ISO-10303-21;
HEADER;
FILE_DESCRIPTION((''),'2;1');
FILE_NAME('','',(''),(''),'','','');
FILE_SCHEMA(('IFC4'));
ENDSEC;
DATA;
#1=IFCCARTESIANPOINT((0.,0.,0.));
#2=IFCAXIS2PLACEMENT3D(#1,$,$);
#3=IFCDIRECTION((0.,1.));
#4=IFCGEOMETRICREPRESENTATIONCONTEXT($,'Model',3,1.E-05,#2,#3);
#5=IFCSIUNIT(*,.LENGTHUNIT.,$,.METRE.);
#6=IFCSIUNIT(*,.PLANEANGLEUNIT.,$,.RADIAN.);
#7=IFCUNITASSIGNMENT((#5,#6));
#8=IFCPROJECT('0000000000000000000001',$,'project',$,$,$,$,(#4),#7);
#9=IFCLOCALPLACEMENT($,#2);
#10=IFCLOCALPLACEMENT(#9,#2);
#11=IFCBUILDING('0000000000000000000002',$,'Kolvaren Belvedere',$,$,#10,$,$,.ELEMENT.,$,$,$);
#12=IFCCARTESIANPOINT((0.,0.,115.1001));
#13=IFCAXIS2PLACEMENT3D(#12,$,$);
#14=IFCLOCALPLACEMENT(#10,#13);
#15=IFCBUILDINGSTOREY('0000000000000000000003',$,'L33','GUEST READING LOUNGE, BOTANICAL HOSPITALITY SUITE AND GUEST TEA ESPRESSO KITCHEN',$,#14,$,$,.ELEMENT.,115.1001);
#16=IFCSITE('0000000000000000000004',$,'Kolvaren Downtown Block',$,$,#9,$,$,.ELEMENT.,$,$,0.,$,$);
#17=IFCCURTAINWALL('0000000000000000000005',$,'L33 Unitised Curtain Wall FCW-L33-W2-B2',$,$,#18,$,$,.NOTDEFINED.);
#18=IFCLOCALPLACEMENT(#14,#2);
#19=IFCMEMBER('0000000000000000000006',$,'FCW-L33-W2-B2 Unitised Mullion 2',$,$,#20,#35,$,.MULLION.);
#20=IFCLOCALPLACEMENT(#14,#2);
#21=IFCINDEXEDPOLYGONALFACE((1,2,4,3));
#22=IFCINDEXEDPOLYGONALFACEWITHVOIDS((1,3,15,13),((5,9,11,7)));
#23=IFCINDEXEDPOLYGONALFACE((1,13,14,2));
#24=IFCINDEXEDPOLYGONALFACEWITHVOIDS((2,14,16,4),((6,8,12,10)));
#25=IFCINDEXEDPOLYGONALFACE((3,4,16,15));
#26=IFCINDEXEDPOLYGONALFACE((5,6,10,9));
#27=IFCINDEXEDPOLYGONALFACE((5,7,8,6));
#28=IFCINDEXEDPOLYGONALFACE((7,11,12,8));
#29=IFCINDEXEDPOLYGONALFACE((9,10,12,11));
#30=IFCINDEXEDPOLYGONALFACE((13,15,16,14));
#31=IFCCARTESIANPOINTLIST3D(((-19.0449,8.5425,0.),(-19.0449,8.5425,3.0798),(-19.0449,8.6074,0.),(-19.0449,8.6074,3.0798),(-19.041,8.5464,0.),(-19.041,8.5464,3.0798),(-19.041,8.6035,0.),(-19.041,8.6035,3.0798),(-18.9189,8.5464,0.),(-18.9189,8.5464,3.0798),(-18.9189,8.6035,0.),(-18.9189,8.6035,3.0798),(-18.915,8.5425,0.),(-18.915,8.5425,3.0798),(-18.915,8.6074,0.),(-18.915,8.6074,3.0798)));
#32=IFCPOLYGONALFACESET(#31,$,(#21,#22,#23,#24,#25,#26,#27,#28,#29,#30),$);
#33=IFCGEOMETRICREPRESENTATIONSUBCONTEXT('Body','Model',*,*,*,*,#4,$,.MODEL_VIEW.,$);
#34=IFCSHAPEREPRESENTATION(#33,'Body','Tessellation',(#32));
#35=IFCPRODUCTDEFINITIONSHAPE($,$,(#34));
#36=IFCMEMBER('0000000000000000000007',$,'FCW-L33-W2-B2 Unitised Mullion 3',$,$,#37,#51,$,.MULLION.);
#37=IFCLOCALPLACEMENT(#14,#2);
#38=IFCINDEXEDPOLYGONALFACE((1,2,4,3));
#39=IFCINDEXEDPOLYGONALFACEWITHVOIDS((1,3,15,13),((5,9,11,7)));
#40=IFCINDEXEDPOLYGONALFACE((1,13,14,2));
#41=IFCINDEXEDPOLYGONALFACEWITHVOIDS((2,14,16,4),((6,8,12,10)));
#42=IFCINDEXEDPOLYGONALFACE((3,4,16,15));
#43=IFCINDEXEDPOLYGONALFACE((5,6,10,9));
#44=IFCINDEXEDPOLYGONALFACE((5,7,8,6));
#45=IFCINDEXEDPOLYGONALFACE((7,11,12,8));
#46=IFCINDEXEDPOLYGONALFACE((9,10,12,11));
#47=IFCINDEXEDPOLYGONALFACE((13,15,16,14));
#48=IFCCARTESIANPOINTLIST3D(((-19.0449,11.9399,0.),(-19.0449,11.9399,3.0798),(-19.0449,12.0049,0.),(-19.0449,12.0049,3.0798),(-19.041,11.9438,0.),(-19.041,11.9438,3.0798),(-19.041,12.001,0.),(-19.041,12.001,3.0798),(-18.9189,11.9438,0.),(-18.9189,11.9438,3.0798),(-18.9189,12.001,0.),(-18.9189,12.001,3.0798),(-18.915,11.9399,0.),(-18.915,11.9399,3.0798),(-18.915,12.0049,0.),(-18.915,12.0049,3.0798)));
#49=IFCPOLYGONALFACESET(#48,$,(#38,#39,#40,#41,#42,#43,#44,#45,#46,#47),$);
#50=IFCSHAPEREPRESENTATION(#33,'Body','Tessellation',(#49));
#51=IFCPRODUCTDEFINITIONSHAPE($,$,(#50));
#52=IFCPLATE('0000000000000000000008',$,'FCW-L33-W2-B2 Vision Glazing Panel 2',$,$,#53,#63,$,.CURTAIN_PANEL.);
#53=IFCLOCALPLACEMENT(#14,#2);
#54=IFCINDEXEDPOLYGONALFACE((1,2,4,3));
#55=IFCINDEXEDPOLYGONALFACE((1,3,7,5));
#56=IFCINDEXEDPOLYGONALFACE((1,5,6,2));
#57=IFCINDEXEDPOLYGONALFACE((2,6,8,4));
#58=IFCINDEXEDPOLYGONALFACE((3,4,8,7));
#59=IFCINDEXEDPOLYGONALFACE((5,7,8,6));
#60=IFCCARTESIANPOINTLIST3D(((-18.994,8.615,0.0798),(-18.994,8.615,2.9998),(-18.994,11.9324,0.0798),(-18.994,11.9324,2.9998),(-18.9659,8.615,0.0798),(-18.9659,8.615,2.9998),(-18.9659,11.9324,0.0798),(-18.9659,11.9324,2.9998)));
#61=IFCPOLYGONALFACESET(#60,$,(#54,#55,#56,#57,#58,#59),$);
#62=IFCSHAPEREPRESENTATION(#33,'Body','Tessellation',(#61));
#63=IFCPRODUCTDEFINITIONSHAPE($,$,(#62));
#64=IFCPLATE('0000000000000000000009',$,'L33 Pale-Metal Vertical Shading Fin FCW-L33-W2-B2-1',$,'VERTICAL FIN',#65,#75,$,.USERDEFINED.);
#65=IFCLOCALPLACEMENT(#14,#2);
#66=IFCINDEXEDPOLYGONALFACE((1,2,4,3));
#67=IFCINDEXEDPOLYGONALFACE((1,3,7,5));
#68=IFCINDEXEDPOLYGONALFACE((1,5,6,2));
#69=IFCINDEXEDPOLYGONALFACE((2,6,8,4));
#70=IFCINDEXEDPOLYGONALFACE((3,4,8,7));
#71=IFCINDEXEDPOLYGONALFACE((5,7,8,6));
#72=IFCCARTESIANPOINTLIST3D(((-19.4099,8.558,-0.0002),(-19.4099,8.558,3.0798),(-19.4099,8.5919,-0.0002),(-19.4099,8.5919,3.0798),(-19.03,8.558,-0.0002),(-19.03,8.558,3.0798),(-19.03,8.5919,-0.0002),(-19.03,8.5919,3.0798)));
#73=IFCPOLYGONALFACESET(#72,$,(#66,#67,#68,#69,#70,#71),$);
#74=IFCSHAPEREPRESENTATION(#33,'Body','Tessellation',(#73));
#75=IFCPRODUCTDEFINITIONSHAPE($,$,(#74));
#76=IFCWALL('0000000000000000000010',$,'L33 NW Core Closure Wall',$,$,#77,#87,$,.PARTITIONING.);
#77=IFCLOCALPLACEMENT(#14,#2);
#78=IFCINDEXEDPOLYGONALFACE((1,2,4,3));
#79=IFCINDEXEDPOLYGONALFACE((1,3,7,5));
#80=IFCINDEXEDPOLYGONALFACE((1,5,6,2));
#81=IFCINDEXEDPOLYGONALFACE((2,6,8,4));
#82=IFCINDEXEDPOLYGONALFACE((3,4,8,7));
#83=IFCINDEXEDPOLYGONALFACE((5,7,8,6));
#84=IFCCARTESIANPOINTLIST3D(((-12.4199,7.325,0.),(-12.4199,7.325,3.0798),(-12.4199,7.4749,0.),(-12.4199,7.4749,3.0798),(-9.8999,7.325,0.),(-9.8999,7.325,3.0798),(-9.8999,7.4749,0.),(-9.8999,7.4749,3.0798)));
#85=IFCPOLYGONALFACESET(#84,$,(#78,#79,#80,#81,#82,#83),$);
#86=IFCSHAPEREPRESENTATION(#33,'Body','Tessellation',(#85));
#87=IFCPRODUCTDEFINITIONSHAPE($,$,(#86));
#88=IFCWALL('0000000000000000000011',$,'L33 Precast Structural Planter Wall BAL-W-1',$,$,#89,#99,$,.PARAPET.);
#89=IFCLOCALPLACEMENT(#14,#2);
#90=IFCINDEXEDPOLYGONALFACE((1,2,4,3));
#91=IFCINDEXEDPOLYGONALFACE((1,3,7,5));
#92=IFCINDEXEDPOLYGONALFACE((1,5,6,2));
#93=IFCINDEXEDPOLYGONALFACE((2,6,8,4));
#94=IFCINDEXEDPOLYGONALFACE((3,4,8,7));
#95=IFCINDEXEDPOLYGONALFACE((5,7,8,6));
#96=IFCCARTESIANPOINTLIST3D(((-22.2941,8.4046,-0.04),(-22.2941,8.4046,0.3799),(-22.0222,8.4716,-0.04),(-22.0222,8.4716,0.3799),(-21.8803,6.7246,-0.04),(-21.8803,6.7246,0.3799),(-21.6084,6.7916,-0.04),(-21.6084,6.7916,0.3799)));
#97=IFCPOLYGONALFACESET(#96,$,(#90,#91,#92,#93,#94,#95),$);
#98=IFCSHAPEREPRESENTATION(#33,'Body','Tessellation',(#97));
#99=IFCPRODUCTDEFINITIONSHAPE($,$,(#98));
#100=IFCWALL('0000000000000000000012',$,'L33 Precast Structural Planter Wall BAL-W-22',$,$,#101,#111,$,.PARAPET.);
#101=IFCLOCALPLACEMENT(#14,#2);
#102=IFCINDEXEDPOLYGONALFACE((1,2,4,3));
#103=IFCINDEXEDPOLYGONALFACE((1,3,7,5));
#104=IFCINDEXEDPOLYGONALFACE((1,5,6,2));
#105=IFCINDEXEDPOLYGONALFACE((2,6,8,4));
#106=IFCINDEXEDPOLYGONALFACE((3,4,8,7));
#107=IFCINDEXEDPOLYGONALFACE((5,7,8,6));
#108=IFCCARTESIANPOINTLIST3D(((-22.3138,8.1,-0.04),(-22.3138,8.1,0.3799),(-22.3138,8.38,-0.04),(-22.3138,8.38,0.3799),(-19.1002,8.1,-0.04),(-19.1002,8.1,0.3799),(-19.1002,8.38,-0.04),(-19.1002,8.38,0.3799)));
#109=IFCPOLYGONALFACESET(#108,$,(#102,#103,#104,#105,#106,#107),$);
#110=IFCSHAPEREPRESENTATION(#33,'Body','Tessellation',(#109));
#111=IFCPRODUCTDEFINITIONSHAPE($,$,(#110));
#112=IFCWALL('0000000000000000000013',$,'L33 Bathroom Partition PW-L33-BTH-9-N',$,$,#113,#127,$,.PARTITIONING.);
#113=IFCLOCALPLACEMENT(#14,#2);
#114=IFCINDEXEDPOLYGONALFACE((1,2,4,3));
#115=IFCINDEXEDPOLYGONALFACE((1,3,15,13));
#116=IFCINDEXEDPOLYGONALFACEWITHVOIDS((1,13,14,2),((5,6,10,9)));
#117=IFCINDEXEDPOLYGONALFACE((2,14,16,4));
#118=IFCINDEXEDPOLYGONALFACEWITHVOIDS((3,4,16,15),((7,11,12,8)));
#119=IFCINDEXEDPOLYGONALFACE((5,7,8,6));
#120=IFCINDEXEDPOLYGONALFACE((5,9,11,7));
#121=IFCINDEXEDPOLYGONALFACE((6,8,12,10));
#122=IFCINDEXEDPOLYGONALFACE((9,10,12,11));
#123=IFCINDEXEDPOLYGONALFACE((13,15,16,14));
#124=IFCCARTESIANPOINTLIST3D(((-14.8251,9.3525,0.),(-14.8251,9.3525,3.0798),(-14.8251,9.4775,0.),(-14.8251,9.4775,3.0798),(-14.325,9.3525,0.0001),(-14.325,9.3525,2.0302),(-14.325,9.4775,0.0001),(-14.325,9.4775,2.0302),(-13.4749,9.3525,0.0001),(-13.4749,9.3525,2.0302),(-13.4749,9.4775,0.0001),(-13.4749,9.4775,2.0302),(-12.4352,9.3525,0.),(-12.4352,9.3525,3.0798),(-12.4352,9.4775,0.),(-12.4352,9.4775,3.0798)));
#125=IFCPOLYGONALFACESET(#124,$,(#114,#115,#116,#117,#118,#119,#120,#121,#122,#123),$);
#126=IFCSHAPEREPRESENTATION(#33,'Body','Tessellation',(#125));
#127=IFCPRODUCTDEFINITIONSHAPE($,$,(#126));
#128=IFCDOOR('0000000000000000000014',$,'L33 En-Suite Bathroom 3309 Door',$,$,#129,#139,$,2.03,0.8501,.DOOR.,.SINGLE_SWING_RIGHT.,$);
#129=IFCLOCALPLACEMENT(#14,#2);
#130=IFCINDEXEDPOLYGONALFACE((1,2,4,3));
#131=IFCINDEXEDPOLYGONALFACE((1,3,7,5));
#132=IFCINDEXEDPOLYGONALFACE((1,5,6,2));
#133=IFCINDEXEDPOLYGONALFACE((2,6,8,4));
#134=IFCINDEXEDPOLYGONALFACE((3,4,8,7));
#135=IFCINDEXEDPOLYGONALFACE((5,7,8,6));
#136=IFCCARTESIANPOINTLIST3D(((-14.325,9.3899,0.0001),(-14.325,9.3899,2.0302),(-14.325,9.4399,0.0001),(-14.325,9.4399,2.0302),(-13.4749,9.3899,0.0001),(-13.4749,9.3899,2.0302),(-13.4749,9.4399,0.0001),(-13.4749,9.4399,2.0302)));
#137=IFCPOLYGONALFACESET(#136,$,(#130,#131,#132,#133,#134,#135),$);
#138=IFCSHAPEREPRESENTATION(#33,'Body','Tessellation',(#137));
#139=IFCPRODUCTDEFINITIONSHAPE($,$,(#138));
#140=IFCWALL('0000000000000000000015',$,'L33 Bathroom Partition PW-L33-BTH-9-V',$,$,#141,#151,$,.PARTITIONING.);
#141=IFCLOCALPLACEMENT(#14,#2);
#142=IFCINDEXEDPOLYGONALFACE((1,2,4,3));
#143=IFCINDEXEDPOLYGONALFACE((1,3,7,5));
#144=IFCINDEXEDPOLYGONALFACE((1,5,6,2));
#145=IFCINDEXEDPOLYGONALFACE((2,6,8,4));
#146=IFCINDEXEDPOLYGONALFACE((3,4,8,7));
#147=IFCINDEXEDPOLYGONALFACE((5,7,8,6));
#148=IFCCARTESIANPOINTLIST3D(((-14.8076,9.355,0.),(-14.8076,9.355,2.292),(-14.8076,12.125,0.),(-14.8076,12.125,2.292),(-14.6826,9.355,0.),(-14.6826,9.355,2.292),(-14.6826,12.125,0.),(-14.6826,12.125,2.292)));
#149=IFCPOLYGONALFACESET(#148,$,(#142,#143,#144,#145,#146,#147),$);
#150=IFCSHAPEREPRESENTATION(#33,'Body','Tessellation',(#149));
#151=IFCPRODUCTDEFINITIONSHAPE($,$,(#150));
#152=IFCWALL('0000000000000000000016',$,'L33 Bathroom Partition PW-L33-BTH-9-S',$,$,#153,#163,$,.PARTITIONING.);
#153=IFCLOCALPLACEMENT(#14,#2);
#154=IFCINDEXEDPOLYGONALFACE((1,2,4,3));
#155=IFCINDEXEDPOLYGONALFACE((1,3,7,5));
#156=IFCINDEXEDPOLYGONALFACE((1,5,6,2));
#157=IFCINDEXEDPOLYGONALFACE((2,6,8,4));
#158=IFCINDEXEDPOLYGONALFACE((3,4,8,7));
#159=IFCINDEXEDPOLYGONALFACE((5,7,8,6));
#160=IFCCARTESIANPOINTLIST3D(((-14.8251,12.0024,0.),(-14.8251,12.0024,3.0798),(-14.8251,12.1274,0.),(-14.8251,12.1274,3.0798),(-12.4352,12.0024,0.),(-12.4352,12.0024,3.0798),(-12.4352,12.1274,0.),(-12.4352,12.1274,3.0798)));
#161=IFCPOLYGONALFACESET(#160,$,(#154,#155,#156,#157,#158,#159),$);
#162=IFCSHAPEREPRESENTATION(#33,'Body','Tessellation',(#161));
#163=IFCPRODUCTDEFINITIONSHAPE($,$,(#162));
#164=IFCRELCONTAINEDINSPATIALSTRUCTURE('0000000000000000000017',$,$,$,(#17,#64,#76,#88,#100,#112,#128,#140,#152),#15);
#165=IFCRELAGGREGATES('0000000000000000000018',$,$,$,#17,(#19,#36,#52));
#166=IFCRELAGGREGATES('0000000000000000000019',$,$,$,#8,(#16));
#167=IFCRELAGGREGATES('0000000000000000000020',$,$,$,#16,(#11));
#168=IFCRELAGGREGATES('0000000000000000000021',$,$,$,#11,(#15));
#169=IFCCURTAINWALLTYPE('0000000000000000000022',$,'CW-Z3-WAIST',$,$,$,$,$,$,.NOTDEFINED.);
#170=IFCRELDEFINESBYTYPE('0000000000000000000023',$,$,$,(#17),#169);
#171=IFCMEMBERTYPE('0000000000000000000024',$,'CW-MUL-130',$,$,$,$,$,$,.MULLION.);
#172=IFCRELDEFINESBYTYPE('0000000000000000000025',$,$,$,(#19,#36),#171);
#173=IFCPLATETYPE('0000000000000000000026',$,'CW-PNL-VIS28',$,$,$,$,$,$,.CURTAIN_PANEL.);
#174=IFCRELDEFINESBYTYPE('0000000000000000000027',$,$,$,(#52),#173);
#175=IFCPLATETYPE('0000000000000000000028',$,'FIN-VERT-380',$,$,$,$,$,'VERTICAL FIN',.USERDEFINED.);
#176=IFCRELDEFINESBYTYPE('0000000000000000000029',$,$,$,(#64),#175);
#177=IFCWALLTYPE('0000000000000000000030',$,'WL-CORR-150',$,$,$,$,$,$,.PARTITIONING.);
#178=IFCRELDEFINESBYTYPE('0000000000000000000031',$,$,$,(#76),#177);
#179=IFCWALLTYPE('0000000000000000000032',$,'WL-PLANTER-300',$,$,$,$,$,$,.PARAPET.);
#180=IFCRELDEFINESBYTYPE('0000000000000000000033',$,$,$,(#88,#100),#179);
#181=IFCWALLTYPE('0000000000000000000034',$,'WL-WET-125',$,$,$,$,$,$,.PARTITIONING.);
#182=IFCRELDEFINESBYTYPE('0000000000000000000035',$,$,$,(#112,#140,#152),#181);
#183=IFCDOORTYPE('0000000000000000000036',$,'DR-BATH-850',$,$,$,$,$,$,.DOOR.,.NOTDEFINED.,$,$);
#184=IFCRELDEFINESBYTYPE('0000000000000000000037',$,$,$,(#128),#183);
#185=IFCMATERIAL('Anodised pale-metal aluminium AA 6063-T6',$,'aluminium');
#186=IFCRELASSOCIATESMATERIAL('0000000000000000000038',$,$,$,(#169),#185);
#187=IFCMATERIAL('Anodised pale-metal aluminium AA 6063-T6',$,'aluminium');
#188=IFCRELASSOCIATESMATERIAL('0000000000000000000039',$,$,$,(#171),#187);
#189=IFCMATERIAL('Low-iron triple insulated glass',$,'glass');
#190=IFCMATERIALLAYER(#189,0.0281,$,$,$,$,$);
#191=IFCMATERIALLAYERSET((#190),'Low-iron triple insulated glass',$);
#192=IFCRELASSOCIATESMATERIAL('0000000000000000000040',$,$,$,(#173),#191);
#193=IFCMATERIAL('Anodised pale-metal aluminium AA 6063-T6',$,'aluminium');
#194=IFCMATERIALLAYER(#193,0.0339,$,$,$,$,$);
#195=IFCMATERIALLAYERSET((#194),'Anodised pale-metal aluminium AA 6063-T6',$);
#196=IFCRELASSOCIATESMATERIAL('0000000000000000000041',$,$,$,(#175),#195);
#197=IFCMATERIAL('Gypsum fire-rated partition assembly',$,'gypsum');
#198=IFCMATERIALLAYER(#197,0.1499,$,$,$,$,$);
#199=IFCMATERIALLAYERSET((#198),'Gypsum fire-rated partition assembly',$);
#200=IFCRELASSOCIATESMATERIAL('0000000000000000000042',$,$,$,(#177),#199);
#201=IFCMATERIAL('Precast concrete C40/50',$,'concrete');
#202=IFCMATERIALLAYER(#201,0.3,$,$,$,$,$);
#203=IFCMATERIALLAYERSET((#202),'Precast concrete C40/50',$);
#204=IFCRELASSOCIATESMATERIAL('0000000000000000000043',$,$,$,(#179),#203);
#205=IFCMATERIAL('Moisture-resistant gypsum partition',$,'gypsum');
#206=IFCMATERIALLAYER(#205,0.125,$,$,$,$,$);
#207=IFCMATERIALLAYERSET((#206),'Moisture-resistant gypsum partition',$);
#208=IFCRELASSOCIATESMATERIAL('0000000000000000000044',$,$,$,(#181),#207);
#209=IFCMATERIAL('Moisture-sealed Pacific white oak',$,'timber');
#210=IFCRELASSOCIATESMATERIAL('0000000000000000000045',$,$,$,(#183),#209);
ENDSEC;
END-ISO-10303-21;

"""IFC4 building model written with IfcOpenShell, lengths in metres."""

from ifc_helpers import new_model, si_unit, direction, frame, frame_2d, origin, origin_2d, place, context, subcontext, project, spatial, rectangle, hollow_rectangle, extrude, material, layer, layer_set, material_profile, profile_set, type_object, element, fill, aggregate, save


model = new_model("IFC4")

# Units and contexts
model_context = context("Model", 3, precision=1e-05, world=origin(), true_north=direction((0.0, 1.0)))
body_context = subcontext(model_context, "Body", "Model", "MODEL_VIEW")
ifc_project = project(units=[si_unit("LENGTHUNIT", "METRE"), si_unit("PLANEANGLEUNIT", "RADIAN")], contexts=[model_context])

# Site, building, storey
site_placement = place(None, origin())
site = spatial("IfcSite", under=ifc_project, at=site_placement, Name="Kolvaren Downtown Block", CompositionType="ELEMENT", RefElevation=0.0)
building_placement = place(site_placement, origin())
building = spatial("IfcBuilding", under=site, at=building_placement, Name="Kolvaren Belvedere", CompositionType="ELEMENT")
storey_placement = place(building_placement, frame((0.0, 0.0, 115.1001)))
storey = spatial("IfcBuildingStorey", under=building, at=storey_placement, Name="L33", Description="GUEST READING LOUNGE, BOTANICAL HOSPITALITY SUITE AND GUEST TEA ESPRESSO KITCHEN", CompositionType="ELEMENT", Elevation=115.1001)

# Curtain wall, members, plate
ifc_material_1 = material(Name="Anodised pale-metal aluminium AA 6063-T6", Category="aluminium")
curtain_wall_type = type_object("IfcCurtainWallType", Name="CW-Z3-WAIST", PredefinedType="NOTDEFINED", material=ifc_material_1)
curtain_wall_placement = place(storey_placement, origin())
curtain_wall = element("IfcCurtainWall", 1, at=curtain_wall_placement, inside=storey, type_object=curtain_wall_type, Name="L33 Unitised Curtain Wall FCW-L33-W2-B2", PredefinedType="NOTDEFINED")
ifc_material_2 = material(Name="Anodised pale-metal aluminium AA 6063-T6", Category="aluminium")
ifc_material_profile = material_profile(ifc_material_2, hollow_rectangle(XDim=0.0649, YDim=0.1299, WallThickness=0.0039, at=origin_2d()), Name="ALU-MUL-130X65")
ifc_profile_set = profile_set([ifc_material_profile], Name="Anodised pale-metal aluminium AA 6063-T6")
member_type = type_object("IfcMemberType", Name="CW-MUL-130", PredefinedType="MULLION", material=ifc_profile_set)
member_1_placement = place(storey_placement, frame((-18.98, 8.575, 0.0), z_axis=(0.0, 0.0, 1.0), x_axis=(0.0, 1.0, 0.0)))
member_1 = element("IfcMember", 2, at=member_1_placement, type_object=member_type, Name="FCW-L33-W2-B2 Unitised Mullion 2", PredefinedType="MULLION", context=body_context, shape_type="SweptSolid", body=[
    extrude(hollow_rectangle(XDim=0.0649, YDim=0.1299, WallThickness=0.0039, at=origin_2d()), origin(), (0.0, 0.0, 1.0), 3.0798),
])
member_2_placement = place(storey_placement, frame((-18.98, 11.9724, 0.0), z_axis=(0.0, 0.0, 1.0), x_axis=(0.0, 1.0, 0.0)))
member_2 = element("IfcMember", 3, at=member_2_placement, type_object=member_type, Name="FCW-L33-W2-B2 Unitised Mullion 3", PredefinedType="MULLION", context=body_context, shape_type="SweptSolid", body=[
    extrude(hollow_rectangle(XDim=0.0649, YDim=0.1299, WallThickness=0.0039, at=origin_2d()), origin(), (0.0, 0.0, 1.0), 3.0798),
])
ifc_material_3 = material(Name="Low-iron triple insulated glass", Category="glass")
ifc_layer_1 = layer(ifc_material_3, 0.0281)
ifc_layer_set_1 = layer_set([ifc_layer_1], Name="Low-iron triple insulated glass")
plate_type_1 = type_object("IfcPlateType", Name="CW-PNL-VIS28", PredefinedType="CURTAIN_PANEL", material=ifc_layer_set_1)
plate_1_placement = place(storey_placement, frame((-18.98, 10.2737, 0.0798), z_axis=(0.0, 0.0, 1.0), x_axis=(0.0, 1.0, 0.0)))
plate_1 = element("IfcPlate", 4, at=plate_1_placement, type_object=plate_type_1, Name="FCW-L33-W2-B2 Vision Glazing Panel 2", PredefinedType="CURTAIN_PANEL", context=body_context, shape_type="SweptSolid", body=[
    extrude(rectangle(XDim=3.3174, YDim=0.0281, at=origin_2d()), origin(), (0.0, 0.0, 1.0), 2.9199),
])
aggregate(curtain_wall, [member_1, member_2, plate_1])

# Plate
ifc_material_4 = material(Name="Anodised pale-metal aluminium AA 6063-T6", Category="aluminium")
ifc_layer_2 = layer(ifc_material_4, 0.0339)
ifc_layer_set_2 = layer_set([ifc_layer_2], Name="Anodised pale-metal aluminium AA 6063-T6")
plate_type_2 = type_object("IfcPlateType", Name="FIN-VERT-380", ElementType="VERTICAL FIN", PredefinedType="USERDEFINED", material=ifc_layer_set_2)
plate_2_placement = place(storey_placement, frame((-19.22, 8.575, -0.0002), z_axis=(0.0, 0.0, 1.0), x_axis=(1.0, 0.0, 0.0)))
element("IfcPlate", 5, at=plate_2_placement, inside=storey, type_object=plate_type_2, Name="L33 Pale-Metal Vertical Shading Fin FCW-L33-W2-B2-1", ObjectType="VERTICAL FIN", PredefinedType="USERDEFINED", context=body_context, shape_type="SweptSolid", body=[
    extrude(rectangle(XDim=0.3799, YDim=0.0339, at=origin_2d()), origin(), (0.0, 0.0, 1.0), 3.0801),
])

# Walls
ifc_material_5 = material(Name="Gypsum fire-rated partition assembly", Category="gypsum")
ifc_layer_3 = layer(ifc_material_5, 0.1499)
ifc_layer_set_3 = layer_set([ifc_layer_3], Name="Gypsum fire-rated partition assembly")
wall_type_1 = type_object("IfcWallType", Name="WL-CORR-150", PredefinedType="PARTITIONING", material=ifc_layer_set_3)
wall_1_placement = place(storey_placement, frame((-12.4199, 7.3999, 0.0), z_axis=(0.0, 0.0, 1.0), x_axis=(1.0, 0.0, 0.0)))
element("IfcWall", 6, at=wall_1_placement, inside=storey, type_object=wall_type_1, Name="L33 NW Core Closure Wall", PredefinedType="PARTITIONING", context=body_context, shape_type="SweptSolid", body=[
    extrude(rectangle(XDim=2.52, YDim=0.1499, at=frame_2d((1.26, 0.0))), origin(), (0.0, 0.0, 1.0), 3.0798),
])
ifc_material_6 = material(Name="Precast concrete C40/50", Category="concrete")
ifc_layer_4 = layer(ifc_material_6, 0.3)
ifc_layer_set_4 = layer_set([ifc_layer_4], Name="Precast concrete C40/50")
wall_type_2 = type_object("IfcWallType", Name="WL-PLANTER-300", PredefinedType="PARAPET", material=ifc_layer_set_4)
wall_2_placement = place(storey_placement, frame((-22.1582, 8.4382, -0.04), z_axis=(0.0, 0.0, 1.0), x_axis=(0.239181, -0.970975, 0.0)))
element("IfcWall", 7, at=wall_2_placement, inside=storey, type_object=wall_type_2, Name="L33 Precast Structural Planter Wall BAL-W-1", PredefinedType="PARAPET", context=body_context, shape_type="SweptSolid", body=[
    extrude(rectangle(XDim=1.7302, YDim=0.28, at=frame_2d((0.8652, 0.0))), origin(), (0.0, 0.0, 1.0), 0.4199),
])
wall_3_placement = place(storey_placement, frame((-19.1001, 8.24, -0.04), z_axis=(0.0, 0.0, 1.0), x_axis=(-1.0, 0.0, 0.0)))
element("IfcWall", 8, at=wall_3_placement, inside=storey, type_object=wall_type_2, Name="L33 Precast Structural Planter Wall BAL-W-22", PredefinedType="PARAPET", context=body_context, shape_type="SweptSolid", body=[
    extrude(rectangle(XDim=3.2136, YDim=0.28, at=frame_2d((1.6069, 0.0))), origin(), (0.0, 0.0, 1.0), 0.4199),
])

# Wall, opening, door
ifc_material_7 = material(Name="Moisture-resistant gypsum partition", Category="gypsum")
ifc_layer_5 = layer(ifc_material_7, 0.125)
ifc_layer_set_5 = layer_set([ifc_layer_5], Name="Moisture-resistant gypsum partition")
wall_type_3 = type_object("IfcWallType", Name="WL-WET-125", PredefinedType="PARTITIONING", material=ifc_layer_set_5)
wall_4_placement = place(storey_placement, frame((-14.825, 9.415, 0.0), z_axis=(0.0, 0.0, 1.0), x_axis=(1.0, 0.0, 0.0)))
wall_4 = element("IfcWall", 9, at=wall_4_placement, inside=storey, type_object=wall_type_3, Name="L33 Bathroom Partition PW-L33-BTH-9-N", PredefinedType="PARTITIONING", context=body_context, shape_type="SweptSolid", body=[
    extrude(rectangle(XDim=2.3899, YDim=0.125, at=frame_2d((1.1948, 0.0))), origin(), (0.0, 0.0, 1.0), 3.0798),
])
opening_placement = place(wall_4_placement, frame((0.5, 0.0, 0.0)))
opening = element("IfcOpeningElement", 10, at=opening_placement, cuts=wall_4, PredefinedType="OPENING", context=body_context, shape_type="SweptSolid", body=[
    extrude(rectangle(XDim=0.8501, YDim=2.03, at=frame_2d((0.425, 1.0151))), frame((0.0, 0.0725, 0.0), z_axis=(0.0, -1.0, 0.0), x_axis=(1.0, 0.0, 0.0)), (0.0, 0.0, 1.0), 0.145),
])
ifc_material_8 = material(Name="Moisture-sealed Pacific white oak", Category="timber")
door_type = type_object("IfcDoorType", Name="DR-BATH-850", OperationType="NOTDEFINED", PredefinedType="DOOR", material=ifc_material_8)
door_placement = place(opening_placement, origin())
door = element("IfcDoor", 11, at=door_placement, inside=storey, type_object=door_type, Name="L33 En-Suite Bathroom 3309 Door", OperationType="SINGLE_SWING_RIGHT", OverallHeight=2.03, OverallWidth=0.8501, PredefinedType="DOOR", context=body_context, shape_type="SweptSolid", body=[
    extrude(rectangle(XDim=0.8501, YDim=2.03, at=frame_2d((0.425, 1.0151))), frame((0.0, 0.0249, 0.0), z_axis=(0.0, -1.0, 0.0), x_axis=(1.0, 0.0, 0.0)), (0.0, 0.0, 1.0), 0.05),
])
fill(opening, door)

# Walls
wall_5_placement = place(storey_placement, frame((-14.7451, 9.355, 0.0), z_axis=(0.0, 0.0, 1.0), x_axis=(0.0, 1.0, 0.0)))
element("IfcWall", 12, at=wall_5_placement, inside=storey, type_object=wall_type_3, Name="L33 Bathroom Partition PW-L33-BTH-9-V", PredefinedType="PARTITIONING", context=body_context, shape_type="SweptSolid", body=[
    extrude(rectangle(XDim=2.77, YDim=0.125, at=frame_2d((1.385, 0.0))), origin(), (0.0, 0.0, 1.0), 2.292),
])
wall_6_placement = place(storey_placement, frame((-14.825, 12.0649, 0.0), z_axis=(0.0, 0.0, 1.0), x_axis=(1.0, 0.0, 0.0)))
element("IfcWall", 13, at=wall_6_placement, inside=storey, type_object=wall_type_3, Name="L33 Bathroom Partition PW-L33-BTH-9-S", PredefinedType="PARTITIONING", context=body_context, shape_type="SweptSolid", body=[
    extrude(rectangle(XDim=2.3899, YDim=0.125, at=frame_2d((1.1948, 0.0))), origin(), (0.0, 0.0, 1.0), 3.0798),
])

save(model, "model.ifc")
